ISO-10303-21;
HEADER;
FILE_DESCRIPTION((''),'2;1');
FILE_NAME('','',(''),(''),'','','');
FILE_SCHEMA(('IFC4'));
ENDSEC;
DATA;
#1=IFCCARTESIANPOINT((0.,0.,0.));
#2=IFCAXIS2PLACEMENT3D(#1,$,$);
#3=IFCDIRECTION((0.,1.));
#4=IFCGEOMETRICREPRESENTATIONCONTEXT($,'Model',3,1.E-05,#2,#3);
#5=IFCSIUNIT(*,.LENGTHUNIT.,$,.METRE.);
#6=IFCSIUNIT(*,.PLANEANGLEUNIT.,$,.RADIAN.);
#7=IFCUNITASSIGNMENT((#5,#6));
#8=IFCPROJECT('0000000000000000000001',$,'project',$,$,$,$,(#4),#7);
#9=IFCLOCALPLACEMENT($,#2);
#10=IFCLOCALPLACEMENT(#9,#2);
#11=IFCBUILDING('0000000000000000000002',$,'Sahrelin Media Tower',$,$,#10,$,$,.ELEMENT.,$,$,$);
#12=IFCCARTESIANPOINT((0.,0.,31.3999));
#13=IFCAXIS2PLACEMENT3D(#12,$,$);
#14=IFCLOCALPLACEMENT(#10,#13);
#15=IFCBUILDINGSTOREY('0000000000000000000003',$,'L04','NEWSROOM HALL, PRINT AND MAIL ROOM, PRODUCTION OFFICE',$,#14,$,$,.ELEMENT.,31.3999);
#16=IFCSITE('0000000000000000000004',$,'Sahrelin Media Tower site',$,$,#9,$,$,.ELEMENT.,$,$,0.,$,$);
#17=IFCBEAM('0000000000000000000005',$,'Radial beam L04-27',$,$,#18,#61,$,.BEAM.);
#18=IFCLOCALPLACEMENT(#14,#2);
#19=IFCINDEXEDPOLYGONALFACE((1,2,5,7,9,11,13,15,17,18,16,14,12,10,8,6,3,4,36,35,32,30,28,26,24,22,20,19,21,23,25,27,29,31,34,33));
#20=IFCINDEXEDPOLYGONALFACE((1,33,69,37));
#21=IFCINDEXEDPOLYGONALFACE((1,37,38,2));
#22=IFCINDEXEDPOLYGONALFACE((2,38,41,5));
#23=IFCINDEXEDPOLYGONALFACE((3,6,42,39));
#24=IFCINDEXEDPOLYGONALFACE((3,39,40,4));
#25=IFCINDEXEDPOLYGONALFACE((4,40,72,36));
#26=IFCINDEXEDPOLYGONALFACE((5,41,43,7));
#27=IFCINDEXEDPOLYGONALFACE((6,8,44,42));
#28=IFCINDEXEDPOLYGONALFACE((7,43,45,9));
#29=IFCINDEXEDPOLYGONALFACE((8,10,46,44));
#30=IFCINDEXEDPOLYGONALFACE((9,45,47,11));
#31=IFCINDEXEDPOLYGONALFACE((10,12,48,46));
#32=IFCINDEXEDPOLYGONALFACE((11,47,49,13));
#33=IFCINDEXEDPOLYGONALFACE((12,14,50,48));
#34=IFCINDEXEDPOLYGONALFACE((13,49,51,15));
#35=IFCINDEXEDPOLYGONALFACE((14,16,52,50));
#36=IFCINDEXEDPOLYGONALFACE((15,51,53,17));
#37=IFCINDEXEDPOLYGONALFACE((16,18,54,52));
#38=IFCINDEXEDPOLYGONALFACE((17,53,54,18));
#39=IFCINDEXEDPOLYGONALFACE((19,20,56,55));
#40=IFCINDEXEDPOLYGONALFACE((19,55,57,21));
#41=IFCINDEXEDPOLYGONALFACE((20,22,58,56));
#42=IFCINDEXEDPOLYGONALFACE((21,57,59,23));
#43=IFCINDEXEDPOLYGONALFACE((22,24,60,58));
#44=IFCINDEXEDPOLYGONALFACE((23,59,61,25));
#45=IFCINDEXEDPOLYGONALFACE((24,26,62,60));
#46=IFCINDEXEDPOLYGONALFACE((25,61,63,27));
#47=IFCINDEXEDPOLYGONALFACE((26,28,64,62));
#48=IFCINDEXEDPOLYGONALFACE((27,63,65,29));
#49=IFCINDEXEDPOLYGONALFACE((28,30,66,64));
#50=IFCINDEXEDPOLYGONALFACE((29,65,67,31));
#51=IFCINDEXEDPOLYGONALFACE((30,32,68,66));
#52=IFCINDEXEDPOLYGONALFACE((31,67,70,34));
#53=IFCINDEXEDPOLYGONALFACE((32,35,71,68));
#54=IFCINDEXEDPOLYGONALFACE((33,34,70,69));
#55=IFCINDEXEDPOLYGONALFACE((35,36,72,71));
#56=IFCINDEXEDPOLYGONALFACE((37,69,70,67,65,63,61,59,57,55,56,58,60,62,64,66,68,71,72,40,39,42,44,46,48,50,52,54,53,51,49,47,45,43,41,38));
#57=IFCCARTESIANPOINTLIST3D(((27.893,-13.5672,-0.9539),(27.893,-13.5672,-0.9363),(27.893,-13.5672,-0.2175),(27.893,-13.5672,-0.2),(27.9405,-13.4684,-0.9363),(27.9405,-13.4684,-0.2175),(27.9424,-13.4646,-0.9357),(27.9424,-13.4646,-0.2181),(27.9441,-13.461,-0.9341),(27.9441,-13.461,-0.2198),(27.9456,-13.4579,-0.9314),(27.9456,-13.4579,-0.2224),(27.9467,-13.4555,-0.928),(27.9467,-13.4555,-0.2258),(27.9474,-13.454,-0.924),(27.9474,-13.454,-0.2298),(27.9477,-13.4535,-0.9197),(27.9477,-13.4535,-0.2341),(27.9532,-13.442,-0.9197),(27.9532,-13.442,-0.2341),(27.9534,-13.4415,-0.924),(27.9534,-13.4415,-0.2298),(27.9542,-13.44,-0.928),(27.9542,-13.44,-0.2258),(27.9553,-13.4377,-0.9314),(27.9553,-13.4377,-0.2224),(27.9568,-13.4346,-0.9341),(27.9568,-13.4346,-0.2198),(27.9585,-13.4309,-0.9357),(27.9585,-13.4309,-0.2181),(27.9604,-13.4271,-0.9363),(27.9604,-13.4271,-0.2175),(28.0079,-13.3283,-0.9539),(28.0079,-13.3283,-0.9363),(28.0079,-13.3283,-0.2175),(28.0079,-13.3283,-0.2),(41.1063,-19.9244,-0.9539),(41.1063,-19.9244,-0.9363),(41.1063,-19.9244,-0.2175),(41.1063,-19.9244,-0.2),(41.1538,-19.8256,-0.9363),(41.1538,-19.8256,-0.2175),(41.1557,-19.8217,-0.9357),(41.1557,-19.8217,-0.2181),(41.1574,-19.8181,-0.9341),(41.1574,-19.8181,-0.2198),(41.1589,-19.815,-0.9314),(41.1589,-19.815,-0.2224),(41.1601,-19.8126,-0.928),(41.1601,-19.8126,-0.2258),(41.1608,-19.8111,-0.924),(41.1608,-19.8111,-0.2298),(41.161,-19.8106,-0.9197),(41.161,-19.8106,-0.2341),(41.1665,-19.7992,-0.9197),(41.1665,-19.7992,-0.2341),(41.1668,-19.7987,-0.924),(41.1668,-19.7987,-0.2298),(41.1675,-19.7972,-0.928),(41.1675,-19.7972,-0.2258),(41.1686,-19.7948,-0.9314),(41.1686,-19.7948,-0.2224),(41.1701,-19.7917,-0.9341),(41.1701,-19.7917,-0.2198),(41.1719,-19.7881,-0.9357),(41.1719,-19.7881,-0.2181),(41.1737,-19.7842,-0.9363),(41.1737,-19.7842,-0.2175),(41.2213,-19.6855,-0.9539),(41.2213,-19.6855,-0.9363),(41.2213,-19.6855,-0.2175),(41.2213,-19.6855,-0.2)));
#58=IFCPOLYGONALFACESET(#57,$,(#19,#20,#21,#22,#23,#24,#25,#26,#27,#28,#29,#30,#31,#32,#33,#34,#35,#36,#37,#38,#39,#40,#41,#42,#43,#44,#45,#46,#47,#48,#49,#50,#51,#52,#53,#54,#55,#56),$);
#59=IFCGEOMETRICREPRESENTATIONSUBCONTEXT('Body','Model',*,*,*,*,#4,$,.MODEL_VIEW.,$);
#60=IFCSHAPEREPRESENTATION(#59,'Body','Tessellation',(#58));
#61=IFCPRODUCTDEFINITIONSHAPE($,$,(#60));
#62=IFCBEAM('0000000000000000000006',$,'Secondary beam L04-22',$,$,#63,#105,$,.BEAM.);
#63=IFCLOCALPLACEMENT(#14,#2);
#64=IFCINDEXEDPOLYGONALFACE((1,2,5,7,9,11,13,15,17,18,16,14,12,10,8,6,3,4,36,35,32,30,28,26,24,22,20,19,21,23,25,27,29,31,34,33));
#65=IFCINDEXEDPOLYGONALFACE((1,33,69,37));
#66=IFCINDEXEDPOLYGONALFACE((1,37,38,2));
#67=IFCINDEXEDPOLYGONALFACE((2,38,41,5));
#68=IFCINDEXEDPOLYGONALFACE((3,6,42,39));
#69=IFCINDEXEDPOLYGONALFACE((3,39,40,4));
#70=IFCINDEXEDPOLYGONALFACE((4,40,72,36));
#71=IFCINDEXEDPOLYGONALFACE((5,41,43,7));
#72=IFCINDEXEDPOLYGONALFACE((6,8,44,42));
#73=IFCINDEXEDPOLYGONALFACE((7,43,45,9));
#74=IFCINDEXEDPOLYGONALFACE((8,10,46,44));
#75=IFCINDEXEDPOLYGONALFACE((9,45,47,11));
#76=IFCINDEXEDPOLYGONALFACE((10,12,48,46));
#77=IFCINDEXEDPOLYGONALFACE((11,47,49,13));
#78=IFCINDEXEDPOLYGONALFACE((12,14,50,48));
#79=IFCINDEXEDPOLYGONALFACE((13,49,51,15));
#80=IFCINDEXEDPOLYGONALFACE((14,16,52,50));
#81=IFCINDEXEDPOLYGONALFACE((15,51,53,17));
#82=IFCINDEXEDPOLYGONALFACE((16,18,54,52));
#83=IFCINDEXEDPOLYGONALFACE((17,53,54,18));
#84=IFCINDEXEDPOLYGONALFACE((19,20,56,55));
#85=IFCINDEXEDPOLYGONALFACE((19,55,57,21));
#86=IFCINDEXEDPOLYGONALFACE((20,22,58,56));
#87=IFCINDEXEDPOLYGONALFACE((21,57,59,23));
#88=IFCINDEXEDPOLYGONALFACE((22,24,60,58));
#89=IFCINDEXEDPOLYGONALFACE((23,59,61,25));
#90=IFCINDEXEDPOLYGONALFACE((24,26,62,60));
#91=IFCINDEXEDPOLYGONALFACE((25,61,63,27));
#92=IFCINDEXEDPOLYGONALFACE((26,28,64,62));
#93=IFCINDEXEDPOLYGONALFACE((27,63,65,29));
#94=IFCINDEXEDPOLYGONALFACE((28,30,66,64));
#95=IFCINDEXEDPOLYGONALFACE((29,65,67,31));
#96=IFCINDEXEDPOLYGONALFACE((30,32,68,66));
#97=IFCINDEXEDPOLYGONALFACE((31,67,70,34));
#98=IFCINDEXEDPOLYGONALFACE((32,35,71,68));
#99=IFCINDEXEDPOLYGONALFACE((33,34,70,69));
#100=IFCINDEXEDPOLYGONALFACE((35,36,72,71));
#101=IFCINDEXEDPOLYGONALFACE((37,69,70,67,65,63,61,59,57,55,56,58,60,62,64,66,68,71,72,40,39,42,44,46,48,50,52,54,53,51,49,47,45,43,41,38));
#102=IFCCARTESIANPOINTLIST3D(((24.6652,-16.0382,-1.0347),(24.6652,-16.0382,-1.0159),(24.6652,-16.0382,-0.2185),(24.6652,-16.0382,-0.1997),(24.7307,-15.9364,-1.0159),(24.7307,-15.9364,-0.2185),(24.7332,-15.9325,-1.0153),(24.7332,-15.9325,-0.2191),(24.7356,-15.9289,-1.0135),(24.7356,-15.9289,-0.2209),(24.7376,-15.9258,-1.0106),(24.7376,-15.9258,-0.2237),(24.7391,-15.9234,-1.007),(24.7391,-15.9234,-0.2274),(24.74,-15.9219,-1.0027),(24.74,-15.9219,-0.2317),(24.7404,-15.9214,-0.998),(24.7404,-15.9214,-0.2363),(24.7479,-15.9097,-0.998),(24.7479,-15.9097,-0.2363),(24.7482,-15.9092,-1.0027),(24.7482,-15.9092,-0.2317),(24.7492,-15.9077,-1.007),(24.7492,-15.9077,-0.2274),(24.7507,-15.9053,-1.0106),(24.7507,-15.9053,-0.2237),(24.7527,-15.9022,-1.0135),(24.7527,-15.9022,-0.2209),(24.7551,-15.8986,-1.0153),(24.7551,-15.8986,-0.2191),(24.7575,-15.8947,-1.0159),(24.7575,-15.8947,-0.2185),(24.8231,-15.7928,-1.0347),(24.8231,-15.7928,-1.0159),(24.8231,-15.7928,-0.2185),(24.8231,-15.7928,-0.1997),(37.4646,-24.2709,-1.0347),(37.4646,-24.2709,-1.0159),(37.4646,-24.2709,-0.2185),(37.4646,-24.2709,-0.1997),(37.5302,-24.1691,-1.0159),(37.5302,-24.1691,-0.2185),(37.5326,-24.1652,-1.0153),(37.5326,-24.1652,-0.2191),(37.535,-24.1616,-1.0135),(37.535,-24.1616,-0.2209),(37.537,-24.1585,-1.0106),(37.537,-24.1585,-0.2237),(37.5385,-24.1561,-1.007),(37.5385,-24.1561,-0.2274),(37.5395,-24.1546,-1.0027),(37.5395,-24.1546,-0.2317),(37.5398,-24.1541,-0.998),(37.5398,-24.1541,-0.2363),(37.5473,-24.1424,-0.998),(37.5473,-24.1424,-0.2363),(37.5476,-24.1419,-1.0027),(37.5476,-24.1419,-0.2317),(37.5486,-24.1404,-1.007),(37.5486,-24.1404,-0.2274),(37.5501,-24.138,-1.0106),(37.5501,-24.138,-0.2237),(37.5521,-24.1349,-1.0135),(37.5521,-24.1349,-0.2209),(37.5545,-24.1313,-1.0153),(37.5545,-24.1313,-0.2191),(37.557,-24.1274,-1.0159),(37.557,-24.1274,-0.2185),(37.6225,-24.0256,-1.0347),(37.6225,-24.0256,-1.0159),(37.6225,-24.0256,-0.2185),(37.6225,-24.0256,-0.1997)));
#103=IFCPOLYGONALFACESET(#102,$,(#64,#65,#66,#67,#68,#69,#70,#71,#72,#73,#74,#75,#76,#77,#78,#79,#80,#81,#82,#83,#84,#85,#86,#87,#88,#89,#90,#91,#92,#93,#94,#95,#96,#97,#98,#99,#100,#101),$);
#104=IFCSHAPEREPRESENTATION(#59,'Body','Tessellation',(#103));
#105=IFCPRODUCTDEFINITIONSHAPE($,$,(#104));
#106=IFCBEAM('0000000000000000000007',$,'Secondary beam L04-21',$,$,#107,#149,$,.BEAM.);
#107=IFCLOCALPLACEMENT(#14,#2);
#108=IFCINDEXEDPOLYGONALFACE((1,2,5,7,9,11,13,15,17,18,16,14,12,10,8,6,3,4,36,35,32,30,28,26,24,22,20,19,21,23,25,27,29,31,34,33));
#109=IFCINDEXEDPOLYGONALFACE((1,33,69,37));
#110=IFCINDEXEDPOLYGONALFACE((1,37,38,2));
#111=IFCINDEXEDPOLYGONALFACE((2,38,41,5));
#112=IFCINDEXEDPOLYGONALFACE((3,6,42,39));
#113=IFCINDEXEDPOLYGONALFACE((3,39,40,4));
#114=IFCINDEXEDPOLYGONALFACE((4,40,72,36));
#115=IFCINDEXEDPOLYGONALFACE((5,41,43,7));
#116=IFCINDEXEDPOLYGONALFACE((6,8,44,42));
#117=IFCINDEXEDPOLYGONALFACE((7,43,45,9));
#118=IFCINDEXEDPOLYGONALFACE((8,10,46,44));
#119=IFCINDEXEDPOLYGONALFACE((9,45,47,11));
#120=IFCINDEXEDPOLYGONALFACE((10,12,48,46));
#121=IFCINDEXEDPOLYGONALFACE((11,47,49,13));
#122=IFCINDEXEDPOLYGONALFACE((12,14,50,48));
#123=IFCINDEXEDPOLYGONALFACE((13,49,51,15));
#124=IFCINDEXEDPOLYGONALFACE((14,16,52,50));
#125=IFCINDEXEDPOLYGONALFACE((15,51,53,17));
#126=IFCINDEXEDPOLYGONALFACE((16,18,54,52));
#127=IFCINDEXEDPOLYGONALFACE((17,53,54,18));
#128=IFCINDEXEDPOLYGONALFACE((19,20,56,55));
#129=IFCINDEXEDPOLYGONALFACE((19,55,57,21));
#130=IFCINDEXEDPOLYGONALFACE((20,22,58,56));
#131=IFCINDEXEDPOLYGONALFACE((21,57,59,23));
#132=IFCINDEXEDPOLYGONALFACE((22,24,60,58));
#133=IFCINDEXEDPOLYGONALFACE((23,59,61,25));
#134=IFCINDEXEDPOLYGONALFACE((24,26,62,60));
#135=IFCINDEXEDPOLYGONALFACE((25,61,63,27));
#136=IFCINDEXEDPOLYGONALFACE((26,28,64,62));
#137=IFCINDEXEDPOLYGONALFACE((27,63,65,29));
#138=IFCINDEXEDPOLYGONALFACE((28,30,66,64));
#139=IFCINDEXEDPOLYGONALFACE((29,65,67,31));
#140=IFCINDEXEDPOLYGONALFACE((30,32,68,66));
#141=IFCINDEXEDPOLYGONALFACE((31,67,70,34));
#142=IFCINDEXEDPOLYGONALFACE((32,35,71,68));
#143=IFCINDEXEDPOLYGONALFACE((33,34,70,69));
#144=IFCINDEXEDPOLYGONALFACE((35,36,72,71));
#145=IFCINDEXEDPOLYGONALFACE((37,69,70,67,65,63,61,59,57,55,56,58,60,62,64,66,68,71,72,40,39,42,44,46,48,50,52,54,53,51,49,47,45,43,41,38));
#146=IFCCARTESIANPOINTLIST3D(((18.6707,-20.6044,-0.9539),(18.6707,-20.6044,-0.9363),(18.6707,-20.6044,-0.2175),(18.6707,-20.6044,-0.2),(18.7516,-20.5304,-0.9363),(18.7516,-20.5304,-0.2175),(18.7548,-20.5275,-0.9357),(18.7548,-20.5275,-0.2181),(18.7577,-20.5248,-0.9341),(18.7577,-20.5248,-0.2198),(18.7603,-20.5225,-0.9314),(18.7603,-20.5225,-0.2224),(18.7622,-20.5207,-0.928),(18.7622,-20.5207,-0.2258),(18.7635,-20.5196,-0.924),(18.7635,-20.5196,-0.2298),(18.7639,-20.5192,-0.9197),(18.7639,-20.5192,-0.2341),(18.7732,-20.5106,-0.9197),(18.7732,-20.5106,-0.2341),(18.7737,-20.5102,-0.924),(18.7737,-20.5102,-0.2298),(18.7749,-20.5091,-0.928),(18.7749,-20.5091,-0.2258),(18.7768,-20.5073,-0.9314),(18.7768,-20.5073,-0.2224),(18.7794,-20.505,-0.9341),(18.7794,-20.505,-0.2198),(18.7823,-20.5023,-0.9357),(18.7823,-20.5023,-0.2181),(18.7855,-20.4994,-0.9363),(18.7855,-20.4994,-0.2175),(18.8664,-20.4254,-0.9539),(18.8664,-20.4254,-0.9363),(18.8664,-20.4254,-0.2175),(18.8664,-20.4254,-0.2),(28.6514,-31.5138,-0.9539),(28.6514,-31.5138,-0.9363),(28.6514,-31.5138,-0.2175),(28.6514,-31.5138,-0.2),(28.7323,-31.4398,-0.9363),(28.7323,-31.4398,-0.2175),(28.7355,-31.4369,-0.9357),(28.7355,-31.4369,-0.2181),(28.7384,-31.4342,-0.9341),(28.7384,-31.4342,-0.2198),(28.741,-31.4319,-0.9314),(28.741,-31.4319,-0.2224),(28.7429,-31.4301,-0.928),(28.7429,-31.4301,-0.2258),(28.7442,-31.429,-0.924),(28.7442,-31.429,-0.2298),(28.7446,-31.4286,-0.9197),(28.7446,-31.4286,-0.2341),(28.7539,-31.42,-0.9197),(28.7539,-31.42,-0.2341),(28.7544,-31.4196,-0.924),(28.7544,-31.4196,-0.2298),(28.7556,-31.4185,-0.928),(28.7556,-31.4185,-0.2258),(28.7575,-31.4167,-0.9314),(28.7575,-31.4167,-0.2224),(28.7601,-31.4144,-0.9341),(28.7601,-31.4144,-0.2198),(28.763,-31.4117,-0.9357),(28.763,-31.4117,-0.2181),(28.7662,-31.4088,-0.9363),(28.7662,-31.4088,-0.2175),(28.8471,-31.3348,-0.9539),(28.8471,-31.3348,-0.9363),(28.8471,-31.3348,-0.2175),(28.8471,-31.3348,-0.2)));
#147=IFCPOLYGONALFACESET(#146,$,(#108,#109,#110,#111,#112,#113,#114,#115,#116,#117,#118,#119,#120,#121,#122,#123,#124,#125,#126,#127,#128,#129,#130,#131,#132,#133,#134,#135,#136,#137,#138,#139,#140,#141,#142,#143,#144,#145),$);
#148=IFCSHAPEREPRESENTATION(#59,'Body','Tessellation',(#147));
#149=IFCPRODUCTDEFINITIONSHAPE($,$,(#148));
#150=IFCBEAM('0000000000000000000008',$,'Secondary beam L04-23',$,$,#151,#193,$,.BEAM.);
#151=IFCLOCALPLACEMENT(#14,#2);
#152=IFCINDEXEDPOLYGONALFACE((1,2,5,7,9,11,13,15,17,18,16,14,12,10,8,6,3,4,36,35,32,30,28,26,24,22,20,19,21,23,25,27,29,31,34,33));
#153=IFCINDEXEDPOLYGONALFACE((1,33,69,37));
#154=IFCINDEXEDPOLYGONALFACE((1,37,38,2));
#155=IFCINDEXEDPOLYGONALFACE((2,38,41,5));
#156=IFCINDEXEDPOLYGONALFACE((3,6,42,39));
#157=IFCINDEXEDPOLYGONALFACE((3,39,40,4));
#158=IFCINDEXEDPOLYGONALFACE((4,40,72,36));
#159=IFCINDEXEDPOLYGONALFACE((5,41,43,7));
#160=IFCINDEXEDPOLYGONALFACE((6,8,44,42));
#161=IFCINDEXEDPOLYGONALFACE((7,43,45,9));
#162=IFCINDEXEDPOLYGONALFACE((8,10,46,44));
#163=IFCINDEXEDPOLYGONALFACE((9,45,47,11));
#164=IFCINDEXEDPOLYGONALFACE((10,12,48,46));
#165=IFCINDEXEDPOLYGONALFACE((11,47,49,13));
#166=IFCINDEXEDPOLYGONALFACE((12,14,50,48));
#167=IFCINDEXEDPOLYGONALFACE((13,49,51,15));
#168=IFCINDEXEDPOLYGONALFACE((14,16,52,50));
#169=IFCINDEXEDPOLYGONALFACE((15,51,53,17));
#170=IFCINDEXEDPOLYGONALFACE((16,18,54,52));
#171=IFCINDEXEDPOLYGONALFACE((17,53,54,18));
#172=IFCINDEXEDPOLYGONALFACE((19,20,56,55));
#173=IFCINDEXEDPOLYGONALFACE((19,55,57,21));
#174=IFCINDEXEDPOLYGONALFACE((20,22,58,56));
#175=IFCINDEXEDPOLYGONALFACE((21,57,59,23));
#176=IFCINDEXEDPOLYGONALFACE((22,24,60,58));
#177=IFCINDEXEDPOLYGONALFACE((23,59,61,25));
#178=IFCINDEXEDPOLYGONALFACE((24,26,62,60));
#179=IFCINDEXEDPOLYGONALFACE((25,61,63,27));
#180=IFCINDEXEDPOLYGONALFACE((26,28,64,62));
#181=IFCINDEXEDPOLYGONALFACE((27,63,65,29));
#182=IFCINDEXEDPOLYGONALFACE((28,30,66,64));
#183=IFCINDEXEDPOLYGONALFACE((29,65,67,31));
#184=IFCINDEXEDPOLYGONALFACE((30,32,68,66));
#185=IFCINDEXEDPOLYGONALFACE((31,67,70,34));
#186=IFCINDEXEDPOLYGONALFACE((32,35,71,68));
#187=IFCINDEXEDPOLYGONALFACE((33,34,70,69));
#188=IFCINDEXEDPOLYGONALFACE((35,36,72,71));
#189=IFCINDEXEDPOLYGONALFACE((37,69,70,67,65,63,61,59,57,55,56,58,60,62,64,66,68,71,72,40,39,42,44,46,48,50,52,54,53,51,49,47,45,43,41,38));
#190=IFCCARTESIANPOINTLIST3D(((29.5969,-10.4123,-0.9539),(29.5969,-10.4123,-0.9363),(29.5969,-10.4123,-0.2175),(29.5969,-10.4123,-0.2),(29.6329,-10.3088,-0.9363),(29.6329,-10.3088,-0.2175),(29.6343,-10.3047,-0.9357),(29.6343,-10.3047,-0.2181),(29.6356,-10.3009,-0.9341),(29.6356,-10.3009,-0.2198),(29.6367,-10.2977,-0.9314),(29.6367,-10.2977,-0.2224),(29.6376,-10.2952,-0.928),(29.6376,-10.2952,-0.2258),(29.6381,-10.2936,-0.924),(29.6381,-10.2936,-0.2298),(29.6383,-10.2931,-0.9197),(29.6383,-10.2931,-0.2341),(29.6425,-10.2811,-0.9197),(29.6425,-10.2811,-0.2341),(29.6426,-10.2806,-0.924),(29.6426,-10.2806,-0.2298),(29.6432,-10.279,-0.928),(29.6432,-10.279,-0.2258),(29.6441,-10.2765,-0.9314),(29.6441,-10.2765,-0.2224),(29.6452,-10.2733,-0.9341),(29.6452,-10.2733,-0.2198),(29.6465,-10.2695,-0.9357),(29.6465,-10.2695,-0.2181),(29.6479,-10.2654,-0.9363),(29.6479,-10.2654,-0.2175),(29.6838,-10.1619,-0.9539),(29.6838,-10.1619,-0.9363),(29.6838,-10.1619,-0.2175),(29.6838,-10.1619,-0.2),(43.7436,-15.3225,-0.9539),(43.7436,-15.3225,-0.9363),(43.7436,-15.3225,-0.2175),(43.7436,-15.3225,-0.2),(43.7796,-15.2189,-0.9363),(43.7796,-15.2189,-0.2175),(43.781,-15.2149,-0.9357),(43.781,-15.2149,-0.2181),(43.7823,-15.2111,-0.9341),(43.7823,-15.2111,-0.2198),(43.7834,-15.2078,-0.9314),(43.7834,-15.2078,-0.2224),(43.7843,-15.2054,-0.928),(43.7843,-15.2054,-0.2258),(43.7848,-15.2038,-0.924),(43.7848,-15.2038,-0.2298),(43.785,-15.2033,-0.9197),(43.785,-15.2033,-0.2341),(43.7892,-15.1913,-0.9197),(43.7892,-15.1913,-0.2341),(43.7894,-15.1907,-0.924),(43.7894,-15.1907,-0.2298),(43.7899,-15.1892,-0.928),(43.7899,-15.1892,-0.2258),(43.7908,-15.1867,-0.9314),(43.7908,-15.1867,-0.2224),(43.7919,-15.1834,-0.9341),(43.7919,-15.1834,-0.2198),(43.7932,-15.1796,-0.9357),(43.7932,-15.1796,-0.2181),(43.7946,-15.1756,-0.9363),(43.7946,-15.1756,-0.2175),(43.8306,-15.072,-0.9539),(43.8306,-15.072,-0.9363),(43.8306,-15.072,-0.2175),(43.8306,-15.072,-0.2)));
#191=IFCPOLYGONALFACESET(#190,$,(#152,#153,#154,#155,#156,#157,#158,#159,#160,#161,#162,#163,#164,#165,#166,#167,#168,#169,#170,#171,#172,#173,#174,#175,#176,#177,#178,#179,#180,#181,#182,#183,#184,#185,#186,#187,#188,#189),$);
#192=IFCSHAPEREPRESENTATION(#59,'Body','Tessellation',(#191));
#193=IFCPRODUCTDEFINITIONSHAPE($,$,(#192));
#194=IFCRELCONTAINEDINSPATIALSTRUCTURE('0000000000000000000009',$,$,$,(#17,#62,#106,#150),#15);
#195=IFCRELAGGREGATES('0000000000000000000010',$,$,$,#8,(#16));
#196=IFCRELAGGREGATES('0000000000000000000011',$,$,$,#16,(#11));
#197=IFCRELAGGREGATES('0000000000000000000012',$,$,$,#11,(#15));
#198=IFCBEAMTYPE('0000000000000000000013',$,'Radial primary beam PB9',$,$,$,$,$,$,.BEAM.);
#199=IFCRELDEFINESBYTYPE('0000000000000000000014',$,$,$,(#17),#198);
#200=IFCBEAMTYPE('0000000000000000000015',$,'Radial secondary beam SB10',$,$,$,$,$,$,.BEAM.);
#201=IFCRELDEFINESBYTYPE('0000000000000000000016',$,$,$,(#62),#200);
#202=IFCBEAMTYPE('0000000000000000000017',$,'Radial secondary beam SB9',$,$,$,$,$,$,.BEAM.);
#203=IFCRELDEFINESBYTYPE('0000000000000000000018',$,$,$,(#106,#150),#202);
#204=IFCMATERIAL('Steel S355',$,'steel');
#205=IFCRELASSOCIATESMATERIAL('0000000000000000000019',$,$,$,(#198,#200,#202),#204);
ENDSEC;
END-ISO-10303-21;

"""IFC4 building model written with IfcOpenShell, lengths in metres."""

from ifc_helpers import new_model, si_unit, direction, frame, origin, origin_2d, place, context, subcontext, project, spatial, i_section, extrude, material, material_profile, profile_set, type_object, element, save


model = new_model("IFC4")

# Units and contexts
model_context = context("Model", 3, precision=1e-05, world=origin(), true_north=direction((0.0, 1.0)))
body_context = subcontext(model_context, "Body", "Model", "MODEL_VIEW")
ifc_project = project(units=[si_unit("LENGTHUNIT", "METRE"), si_unit("PLANEANGLEUNIT", "RADIAN")], contexts=[model_context])

# Site, building, storey
site_placement = place(None, origin())
site = spatial("IfcSite", under=ifc_project, at=site_placement, Name="Sahrelin Media Tower site", CompositionType="ELEMENT", RefElevation=0.0)
building_placement = place(site_placement, origin())
building = spatial("IfcBuilding", under=site, at=building_placement, Name="Sahrelin Media Tower", CompositionType="ELEMENT")
storey_placement = place(building_placement, frame((0.0, 0.0, 31.3999)))
storey = spatial("IfcBuildingStorey", under=building, at=storey_placement, Name="L04", Description="NEWSROOM HALL, PRINT AND MAIL ROOM, PRODUCTION OFFICE", CompositionType="ELEMENT", Elevation=31.3999)

# Beams
ifc_material_1 = material(Name="Steel S355", Category="steel")
ifc_material_profile_1 = material_profile(ifc_material_1, i_section(OverallWidth=0.2651, OverallDepth=0.7539, WebThickness=0.0127, FlangeThickness=0.0176, FilletRadius=0.0166, at=origin_2d()), Name="UB 762x267x147")
ifc_profile_set_1 = profile_set([ifc_material_profile_1], Name="Steel S355")
beam_type_1 = type_object("IfcBeamType", Name="Radial primary beam PB9", PredefinedType="BEAM", material=ifc_profile_set_1)
beam_1_placement = place(storey_placement, frame((27.9504, -13.4478, -0.5769), z_axis=(0.90113, -0.433549, 0.0), x_axis=(0.433549, 0.90113, 0.0)))
element("IfcBeam", 1, at=beam_1_placement, inside=storey, type_object=beam_type_1, Name="Radial beam L04-27", PredefinedType="BEAM", context=body_context, shape_type="SweptSolid", body=[
    extrude(i_section(OverallWidth=0.2651, OverallDepth=0.7539, WebThickness=0.0127, FlangeThickness=0.0176, FilletRadius=0.0166, at=origin_2d()), origin(), (0.0, 0.0, 1.0), 14.6631),
])
ifc_material_profile_2 = material_profile(ifc_material_1, i_section(OverallWidth=0.2917, OverallDepth=0.835, WebThickness=0.0139, FlangeThickness=0.0188, FilletRadius=0.0178, at=origin_2d()), Name="UB 838x292x176")
ifc_profile_set_2 = profile_set([ifc_material_profile_2], Name="Steel S355")
beam_type_2 = type_object("IfcBeamType", Name="Radial secondary beam SB10", PredefinedType="BEAM", material=ifc_profile_set_2)
beam_2_placement = place(storey_placement, frame((24.7441, -15.9155, -0.6172), z_axis=(0.841043, -0.540968, 0.0), x_axis=(0.540968, 0.841043, 0.0)))
element("IfcBeam", 2, at=beam_2_placement, inside=storey, type_object=beam_type_2, Name="Secondary beam L04-22", PredefinedType="BEAM", context=body_context, shape_type="SweptSolid", body=[
    extrude(i_section(OverallWidth=0.2917, OverallDepth=0.835, WebThickness=0.0139, FlangeThickness=0.0188, FilletRadius=0.0178, at=origin_2d()), origin(), (0.0, 0.0, 1.0), 15.2185),
])
ifc_material_profile_3 = material_profile(ifc_material_1, i_section(OverallWidth=0.2651, OverallDepth=0.7539, WebThickness=0.0127, FlangeThickness=0.0176, FilletRadius=0.0166, at=origin_2d()), Name="UB 762x267x147")
ifc_profile_set_3 = profile_set([ifc_material_profile_3], Name="Steel S355")
beam_type_3 = type_object("IfcBeamType", Name="Radial secondary beam SB9", PredefinedType="BEAM", material=ifc_profile_set_3)
beam_3_placement = place(storey_placement, frame((18.7686, -20.5149, -0.5769), z_axis=(0.675004, -0.737814, 0.0), x_axis=(0.737814, 0.675004, 0.0)))
element("IfcBeam", 3, at=beam_3_placement, inside=storey, type_object=beam_type_3, Name="Secondary beam L04-21", PredefinedType="BEAM", context=body_context, shape_type="SweptSolid", body=[
    extrude(i_section(OverallWidth=0.2651, OverallDepth=0.7539, WebThickness=0.0127, FlangeThickness=0.0176, FilletRadius=0.0166, at=origin_2d()), origin(), (0.0, 0.0, 1.0), 14.7861),
])
beam_4_placement = place(storey_placement, frame((29.6404, -10.2871, -0.5769), z_axis=(0.944713, -0.327898, 0.0), x_axis=(0.327898, 0.944713, 0.0)))
element("IfcBeam", 4, at=beam_4_placement, inside=storey, type_object=beam_type_3, Name="Secondary beam L04-23", PredefinedType="BEAM", context=body_context, shape_type="SweptSolid", body=[
    extrude(i_section(OverallWidth=0.2651, OverallDepth=0.7539, WebThickness=0.0127, FlangeThickness=0.0176, FilletRadius=0.0166, at=origin_2d()), origin(), (0.0, 0.0, 1.0), 14.9746),
])

save(model, "model.ifc")
